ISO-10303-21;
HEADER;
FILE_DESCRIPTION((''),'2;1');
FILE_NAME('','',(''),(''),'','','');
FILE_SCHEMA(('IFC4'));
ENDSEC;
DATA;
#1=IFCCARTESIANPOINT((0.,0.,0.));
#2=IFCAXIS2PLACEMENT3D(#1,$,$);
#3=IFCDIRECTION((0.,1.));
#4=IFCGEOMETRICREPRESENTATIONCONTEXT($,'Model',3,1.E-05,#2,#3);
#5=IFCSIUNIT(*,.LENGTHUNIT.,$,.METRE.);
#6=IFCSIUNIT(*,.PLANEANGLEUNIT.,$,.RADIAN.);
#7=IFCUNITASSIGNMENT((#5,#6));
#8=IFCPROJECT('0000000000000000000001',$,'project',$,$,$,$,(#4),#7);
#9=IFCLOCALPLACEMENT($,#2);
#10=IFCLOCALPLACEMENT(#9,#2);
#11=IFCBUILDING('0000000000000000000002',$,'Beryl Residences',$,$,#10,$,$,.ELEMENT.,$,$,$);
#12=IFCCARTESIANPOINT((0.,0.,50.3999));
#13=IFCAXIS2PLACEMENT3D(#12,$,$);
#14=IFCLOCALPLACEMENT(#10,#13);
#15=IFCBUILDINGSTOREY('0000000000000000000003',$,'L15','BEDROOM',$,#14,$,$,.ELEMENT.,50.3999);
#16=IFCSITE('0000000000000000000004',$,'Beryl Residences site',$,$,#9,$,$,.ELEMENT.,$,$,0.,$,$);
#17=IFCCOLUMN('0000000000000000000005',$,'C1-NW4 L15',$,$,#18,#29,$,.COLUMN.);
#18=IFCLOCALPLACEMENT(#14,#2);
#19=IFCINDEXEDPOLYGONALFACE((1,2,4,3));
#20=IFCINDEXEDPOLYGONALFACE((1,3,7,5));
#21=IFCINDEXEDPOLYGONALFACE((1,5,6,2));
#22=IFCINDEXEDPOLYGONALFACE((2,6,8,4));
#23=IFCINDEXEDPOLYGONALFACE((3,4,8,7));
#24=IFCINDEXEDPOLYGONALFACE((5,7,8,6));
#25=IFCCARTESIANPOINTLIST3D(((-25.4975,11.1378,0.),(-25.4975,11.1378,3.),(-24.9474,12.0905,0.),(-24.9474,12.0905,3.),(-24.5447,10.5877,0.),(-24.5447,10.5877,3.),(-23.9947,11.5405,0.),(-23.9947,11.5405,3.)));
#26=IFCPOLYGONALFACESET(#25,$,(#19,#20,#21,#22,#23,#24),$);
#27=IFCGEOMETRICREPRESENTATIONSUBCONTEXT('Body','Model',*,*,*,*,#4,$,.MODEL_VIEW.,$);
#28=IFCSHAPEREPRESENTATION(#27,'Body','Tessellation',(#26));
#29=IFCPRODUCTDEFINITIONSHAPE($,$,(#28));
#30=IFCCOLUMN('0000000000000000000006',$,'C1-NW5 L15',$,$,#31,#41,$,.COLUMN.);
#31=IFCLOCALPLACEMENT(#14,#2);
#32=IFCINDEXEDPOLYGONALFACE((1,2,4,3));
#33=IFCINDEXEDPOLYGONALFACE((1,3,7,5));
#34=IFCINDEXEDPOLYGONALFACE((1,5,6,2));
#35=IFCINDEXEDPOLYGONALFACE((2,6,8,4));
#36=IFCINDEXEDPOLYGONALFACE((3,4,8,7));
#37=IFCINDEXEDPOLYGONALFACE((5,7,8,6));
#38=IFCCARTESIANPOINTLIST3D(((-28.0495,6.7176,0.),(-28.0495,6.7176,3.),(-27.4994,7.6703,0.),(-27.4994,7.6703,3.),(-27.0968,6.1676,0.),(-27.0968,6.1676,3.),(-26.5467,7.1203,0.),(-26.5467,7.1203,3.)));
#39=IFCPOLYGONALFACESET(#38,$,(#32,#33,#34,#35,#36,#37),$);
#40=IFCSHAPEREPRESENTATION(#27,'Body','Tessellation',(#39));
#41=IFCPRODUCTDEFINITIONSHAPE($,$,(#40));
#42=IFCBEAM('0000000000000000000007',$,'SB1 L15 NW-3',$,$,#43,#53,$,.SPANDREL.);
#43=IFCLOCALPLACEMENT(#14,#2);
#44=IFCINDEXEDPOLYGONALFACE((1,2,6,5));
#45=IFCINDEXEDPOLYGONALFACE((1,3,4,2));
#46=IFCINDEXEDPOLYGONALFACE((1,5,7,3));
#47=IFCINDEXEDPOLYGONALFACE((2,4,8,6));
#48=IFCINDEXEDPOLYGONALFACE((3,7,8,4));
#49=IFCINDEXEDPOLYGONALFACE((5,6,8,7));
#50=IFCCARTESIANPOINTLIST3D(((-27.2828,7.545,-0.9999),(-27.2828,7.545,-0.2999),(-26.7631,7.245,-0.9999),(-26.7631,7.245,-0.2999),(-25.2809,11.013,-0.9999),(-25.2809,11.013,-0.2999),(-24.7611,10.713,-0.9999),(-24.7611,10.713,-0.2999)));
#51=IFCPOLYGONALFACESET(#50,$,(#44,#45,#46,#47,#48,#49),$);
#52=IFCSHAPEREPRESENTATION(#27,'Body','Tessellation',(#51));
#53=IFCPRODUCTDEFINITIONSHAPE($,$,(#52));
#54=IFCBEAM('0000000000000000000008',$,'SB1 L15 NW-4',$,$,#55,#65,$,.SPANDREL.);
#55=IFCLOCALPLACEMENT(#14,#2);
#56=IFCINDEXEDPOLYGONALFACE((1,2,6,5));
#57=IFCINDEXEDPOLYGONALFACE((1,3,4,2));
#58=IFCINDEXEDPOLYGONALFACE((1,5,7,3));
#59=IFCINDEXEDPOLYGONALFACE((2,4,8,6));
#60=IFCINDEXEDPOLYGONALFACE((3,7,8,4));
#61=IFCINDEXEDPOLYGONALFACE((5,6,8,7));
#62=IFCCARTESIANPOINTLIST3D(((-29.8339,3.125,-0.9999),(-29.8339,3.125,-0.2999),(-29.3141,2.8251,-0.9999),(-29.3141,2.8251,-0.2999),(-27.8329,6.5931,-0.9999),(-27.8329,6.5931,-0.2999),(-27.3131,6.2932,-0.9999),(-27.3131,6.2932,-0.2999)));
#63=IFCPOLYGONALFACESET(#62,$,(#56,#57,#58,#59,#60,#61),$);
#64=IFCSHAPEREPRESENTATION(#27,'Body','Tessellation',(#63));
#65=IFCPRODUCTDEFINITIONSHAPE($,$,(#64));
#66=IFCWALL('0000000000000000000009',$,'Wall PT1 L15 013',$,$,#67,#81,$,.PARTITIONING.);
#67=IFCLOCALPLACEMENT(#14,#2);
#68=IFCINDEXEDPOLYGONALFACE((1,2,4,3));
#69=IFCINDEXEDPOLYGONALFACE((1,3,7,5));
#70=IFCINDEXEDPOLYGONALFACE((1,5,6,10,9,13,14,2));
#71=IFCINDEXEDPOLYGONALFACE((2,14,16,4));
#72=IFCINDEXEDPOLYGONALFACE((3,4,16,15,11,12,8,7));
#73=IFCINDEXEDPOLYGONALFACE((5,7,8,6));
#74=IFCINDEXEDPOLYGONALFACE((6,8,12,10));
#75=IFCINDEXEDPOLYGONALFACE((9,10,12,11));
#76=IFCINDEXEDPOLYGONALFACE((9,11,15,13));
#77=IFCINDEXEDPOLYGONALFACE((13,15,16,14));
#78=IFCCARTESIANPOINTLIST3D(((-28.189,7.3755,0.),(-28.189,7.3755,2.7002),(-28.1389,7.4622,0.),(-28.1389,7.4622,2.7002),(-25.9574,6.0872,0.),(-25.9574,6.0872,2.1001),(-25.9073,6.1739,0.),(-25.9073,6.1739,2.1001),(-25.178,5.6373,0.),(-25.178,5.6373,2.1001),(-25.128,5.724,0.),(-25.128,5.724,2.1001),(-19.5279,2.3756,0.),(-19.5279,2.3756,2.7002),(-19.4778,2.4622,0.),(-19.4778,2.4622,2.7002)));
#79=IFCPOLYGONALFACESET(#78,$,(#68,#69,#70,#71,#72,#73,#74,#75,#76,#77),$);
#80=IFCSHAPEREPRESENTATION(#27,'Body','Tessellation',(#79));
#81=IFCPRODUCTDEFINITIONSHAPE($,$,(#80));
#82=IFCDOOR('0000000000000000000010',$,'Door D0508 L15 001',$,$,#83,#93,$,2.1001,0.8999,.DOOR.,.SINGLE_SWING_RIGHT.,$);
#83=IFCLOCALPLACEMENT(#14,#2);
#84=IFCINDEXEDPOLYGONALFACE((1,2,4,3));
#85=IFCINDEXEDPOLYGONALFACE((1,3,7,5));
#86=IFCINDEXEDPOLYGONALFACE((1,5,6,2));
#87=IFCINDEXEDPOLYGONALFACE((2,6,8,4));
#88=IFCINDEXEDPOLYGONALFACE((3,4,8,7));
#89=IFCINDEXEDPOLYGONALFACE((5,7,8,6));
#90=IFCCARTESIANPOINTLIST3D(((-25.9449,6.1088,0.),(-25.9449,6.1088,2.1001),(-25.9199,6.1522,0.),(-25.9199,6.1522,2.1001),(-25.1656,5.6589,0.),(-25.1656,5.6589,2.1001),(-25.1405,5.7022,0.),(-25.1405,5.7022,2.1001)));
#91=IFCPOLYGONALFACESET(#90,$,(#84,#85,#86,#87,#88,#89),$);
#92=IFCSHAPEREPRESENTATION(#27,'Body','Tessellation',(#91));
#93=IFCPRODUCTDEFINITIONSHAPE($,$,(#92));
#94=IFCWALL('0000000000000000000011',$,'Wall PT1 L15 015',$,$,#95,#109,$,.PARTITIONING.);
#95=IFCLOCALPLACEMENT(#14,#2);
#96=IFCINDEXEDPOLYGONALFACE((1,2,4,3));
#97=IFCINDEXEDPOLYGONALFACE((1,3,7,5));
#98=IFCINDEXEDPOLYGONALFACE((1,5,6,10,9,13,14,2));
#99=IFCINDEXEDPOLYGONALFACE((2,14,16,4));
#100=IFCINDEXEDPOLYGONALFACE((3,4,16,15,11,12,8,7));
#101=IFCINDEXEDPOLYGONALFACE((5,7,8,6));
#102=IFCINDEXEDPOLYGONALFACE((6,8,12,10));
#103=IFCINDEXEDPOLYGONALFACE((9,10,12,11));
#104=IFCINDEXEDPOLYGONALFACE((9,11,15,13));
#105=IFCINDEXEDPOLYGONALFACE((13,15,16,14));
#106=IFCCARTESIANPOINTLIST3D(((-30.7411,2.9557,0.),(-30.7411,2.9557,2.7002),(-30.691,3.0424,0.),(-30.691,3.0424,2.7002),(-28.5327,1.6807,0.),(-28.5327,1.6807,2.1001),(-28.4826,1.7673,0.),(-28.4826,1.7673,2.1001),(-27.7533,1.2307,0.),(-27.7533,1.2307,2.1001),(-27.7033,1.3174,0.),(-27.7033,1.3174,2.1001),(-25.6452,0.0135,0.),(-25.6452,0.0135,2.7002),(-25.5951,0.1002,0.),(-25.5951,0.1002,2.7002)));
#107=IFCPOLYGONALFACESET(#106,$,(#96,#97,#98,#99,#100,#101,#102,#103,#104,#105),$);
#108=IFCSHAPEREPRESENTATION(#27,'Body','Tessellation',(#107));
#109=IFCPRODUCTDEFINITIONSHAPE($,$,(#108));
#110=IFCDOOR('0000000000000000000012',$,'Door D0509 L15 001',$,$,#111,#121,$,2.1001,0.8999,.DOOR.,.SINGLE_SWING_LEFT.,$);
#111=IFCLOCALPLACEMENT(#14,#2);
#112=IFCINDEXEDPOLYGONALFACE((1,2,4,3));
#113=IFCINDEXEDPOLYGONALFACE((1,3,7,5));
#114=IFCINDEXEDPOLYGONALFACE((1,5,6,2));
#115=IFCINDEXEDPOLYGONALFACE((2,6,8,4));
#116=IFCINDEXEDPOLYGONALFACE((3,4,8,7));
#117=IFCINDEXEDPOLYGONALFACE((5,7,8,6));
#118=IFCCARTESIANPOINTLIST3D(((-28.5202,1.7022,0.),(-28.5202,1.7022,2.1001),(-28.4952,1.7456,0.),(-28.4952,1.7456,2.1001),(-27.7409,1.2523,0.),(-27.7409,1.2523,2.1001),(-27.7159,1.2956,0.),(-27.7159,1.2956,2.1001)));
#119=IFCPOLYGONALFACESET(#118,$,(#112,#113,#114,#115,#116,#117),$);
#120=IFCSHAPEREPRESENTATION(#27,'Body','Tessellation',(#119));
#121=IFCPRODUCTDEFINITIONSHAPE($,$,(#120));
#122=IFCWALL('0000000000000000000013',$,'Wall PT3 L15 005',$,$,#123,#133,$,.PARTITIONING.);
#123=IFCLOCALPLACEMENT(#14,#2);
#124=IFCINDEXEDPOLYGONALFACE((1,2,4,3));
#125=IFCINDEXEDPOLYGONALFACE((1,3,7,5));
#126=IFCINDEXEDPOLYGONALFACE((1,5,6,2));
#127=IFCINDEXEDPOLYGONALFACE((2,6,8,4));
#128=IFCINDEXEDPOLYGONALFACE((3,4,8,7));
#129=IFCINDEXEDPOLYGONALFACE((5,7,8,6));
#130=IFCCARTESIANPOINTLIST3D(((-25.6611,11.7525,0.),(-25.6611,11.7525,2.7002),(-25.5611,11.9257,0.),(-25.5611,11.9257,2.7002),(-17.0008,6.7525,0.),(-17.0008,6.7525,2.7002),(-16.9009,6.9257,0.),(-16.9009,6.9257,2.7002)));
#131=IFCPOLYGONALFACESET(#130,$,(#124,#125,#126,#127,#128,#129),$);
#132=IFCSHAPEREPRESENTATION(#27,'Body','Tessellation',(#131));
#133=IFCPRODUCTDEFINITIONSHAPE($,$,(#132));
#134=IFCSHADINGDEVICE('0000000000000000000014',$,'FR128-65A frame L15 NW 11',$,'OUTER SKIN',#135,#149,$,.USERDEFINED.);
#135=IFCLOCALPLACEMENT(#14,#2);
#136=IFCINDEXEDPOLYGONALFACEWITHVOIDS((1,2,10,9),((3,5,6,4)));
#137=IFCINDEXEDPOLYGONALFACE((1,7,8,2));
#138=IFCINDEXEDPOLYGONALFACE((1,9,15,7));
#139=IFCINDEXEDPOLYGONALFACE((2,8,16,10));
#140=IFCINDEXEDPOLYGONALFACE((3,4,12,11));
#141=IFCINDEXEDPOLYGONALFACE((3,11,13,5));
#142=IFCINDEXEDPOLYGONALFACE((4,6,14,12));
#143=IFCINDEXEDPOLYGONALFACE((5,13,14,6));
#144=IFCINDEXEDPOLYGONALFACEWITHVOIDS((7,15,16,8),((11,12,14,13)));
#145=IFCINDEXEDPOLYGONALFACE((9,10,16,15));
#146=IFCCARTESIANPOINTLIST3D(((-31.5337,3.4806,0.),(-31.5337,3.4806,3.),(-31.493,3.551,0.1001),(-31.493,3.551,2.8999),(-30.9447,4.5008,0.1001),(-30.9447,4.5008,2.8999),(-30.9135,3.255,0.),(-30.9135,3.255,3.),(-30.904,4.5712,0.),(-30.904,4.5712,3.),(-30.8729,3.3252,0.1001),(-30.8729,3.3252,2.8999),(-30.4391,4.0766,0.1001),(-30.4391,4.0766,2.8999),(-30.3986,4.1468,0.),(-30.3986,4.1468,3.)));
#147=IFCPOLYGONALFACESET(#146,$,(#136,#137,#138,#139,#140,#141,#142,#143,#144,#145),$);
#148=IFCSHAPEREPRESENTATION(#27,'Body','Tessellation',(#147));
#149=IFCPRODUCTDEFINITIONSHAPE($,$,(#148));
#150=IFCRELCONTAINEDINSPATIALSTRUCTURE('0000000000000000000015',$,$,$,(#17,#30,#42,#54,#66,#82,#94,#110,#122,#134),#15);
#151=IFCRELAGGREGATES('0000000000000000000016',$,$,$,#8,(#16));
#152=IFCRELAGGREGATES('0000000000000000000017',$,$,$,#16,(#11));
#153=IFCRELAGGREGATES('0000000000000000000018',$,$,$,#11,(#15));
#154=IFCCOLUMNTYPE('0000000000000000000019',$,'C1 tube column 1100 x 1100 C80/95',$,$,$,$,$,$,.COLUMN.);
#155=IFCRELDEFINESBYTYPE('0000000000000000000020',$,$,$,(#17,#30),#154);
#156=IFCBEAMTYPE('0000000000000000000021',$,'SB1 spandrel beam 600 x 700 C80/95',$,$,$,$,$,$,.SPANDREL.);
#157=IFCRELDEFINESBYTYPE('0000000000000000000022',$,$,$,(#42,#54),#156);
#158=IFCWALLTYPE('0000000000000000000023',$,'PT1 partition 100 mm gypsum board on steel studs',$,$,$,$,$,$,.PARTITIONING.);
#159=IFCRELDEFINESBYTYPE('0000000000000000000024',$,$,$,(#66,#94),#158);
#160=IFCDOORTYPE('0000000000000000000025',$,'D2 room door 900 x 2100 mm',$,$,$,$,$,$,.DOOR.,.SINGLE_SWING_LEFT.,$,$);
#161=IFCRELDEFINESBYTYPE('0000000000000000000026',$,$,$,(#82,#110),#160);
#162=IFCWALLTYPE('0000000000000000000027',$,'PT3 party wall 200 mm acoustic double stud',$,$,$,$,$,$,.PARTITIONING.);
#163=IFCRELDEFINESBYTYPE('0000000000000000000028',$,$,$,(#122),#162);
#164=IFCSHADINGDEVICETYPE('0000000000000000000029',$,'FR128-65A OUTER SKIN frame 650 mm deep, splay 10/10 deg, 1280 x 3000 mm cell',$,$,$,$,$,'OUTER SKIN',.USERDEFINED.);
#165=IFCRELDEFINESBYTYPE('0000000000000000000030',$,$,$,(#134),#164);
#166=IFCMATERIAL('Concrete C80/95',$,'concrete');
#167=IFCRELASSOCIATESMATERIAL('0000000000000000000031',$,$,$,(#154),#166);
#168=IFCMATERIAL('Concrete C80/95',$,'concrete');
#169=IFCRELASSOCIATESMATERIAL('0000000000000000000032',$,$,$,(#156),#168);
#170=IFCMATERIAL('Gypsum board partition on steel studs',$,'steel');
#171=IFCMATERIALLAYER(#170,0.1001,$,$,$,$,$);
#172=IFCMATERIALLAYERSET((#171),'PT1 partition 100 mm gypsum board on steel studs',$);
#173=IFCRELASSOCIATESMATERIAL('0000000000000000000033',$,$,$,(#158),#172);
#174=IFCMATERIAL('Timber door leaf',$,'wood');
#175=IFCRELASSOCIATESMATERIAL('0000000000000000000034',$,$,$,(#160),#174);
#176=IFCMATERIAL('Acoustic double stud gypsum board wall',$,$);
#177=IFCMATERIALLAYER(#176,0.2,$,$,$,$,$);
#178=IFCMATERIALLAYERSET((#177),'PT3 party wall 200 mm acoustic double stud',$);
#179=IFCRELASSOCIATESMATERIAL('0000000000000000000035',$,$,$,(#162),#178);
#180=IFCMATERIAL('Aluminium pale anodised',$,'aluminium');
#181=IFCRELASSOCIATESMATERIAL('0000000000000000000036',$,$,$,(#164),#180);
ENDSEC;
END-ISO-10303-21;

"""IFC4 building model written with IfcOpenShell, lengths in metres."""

from ifc_helpers import new_model, entity, si_unit, direction, frame, frame_2d, origin, origin_2d, place, context, subcontext, project, spatial, rectangle, extrude, source, transform, mapped, material, layer, layer_set, material_profile, profile_set, type_object, type_shapes, element, fill, save


model = new_model("IFC4")

# Units and contexts
model_context = context("Model", 3, precision=1e-05, world=origin(), true_north=direction((0.0, 1.0)))
body_context = subcontext(model_context, "Body", "Model", "MODEL_VIEW")
ifc_project = project(units=[si_unit("LENGTHUNIT", "METRE"), si_unit("PLANEANGLEUNIT", "RADIAN")], contexts=[model_context])

# Site, building, storey
site_placement = place(None, origin())
site = spatial("IfcSite", under=ifc_project, at=site_placement, Name="Beryl Residences site", CompositionType="ELEMENT", RefElevation=0.0)
building_placement = place(site_placement, origin())
building = spatial("IfcBuilding", under=site, at=building_placement, Name="Beryl Residences", CompositionType="ELEMENT")
storey_placement = place(building_placement, frame((0.0, 0.0, 50.3999)))
storey = spatial("IfcBuildingStorey", under=building, at=storey_placement, Name="L15", Description="BEDROOM", CompositionType="ELEMENT", Elevation=50.3999)

# Columns
ifc_material_1 = material(Name="Concrete C80/95", Category="concrete")
ifc_material_profile_1 = material_profile(ifc_material_1, rectangle(XDim=1.1001, YDim=1.1001, at=origin_2d()))
ifc_profile_set_1 = profile_set([ifc_material_profile_1], Name="Concrete C80/95")
column_type = type_object("IfcColumnType", Name="C1 tube column 1100 x 1100 C80/95", PredefinedType="COLUMN", material=ifc_profile_set_1)
for number, where, z_axis, x_axis, name in (
    (1, (-24.7461, 11.3391, 0.0), (0.0, 0.0, 1.0), (-0.499985, -0.866034, 0.0), "C1-NW4 L15"),
    (2, (-27.2981, 6.9189, 0.0), (0.0, 0.0, 1.0), (-0.499985, -0.866034, 0.0), "C1-NW5 L15"),
):
    element("IfcColumn", number, at=place(storey_placement, frame(where, z_axis=z_axis, x_axis=x_axis)), inside=storey, type_object=column_type, Name=name, PredefinedType="COLUMN", context=body_context, shape_type="SweptSolid", body=[
        extrude(rectangle(XDim=1.1001, YDim=1.1001, at=origin_2d()), origin(), (0.0, 0.0, 1.0), 3.0),
    ])

# Beams
ifc_material_2 = material(Name="Concrete C80/95", Category="concrete")
ifc_material_profile_2 = material_profile(ifc_material_2, rectangle(XDim=0.6001, YDim=0.7, at=origin_2d()))
ifc_profile_set_2 = profile_set([ifc_material_profile_2], Name="Concrete C80/95")
beam_type = type_object("IfcBeamType", Name="SB1 spandrel beam 600 x 700 C80/95", PredefinedType="SPANDREL", material=ifc_profile_set_2)
beam_1_placement = place(storey_placement, frame((-25.021, 10.863, -0.6499), z_axis=(-0.499942, -0.866059, 0.0), x_axis=(0.866059, -0.499942, 0.0)))
element("IfcBeam", 3, at=beam_1_placement, inside=storey, type_object=beam_type, Name="SB1 L15 NW-3", PredefinedType="SPANDREL", context=body_context, shape_type="SweptSolid", body=[
    extrude(rectangle(XDim=0.6001, YDim=0.7, at=origin_2d()), origin(), (0.0, 0.0, 1.0), 4.0044),
])
beam_2_placement = place(storey_placement, frame((-27.573, 6.4431, -0.6499), z_axis=(-0.499759, -0.866164, 0.0), x_axis=(0.866164, -0.499759, 0.0)))
element("IfcBeam", 4, at=beam_2_placement, inside=storey, type_object=beam_type, Name="SB1 L15 NW-4", PredefinedType="SPANDREL", context=body_context, shape_type="SweptSolid", body=[
    extrude(rectangle(XDim=0.6001, YDim=0.7, at=origin_2d()), origin(), (0.0, 0.0, 1.0), 4.0039),
])

# Walls, openings, doors
ifc_material_3 = material(Name="Gypsum board partition on steel studs", Category="steel")
ifc_layer_1 = layer(ifc_material_3, 0.1001)
ifc_layer_set_1 = layer_set([ifc_layer_1], Name="PT1 partition 100 mm gypsum board on steel studs")
wall_type_1 = type_object("IfcWallType", Name="PT1 partition 100 mm gypsum board on steel studs", PredefinedType="PARTITIONING", material=ifc_layer_set_1)
wall_1_placement = place(storey_placement, frame((-28.1641, 7.4189, 0.0), z_axis=(0.0, 0.0, 1.0), x_axis=(0.866047, -0.499962, 0.0)))
wall_1 = element("IfcWall", 5, at=wall_1_placement, inside=storey, type_object=wall_type_1, Name="Wall PT1 L15 013", PredefinedType="PARTITIONING", context=body_context, shape_type="SweptSolid", body=[
    extrude(rectangle(XDim=10.0007, YDim=0.1001, at=frame_2d((5.0005, 0.0))), origin(), (0.0, 0.0, 1.0), 2.7002),
])
opening_1_placement = place(wall_1_placement, frame((2.5769, 0.0, 0.0)))
opening_1 = element("IfcOpeningElement", 6, at=opening_1_placement, cuts=wall_1, PredefinedType="OPENING", context=body_context, shape_type="SweptSolid", body=[
    extrude(rectangle(XDim=0.8999, YDim=2.1001, at=frame_2d((0.45, 1.05))), frame((0.0, 0.0601, 0.0), z_axis=(0.0, -1.0, 0.0), x_axis=(1.0, 0.0, 0.0)), (0.0, 0.0, 1.0), 0.1201),
])
ifc_material_4 = material(Name="Timber door leaf", Category="wood")
door_type = type_object("IfcDoorType", Name="D2 room door 900 x 2100 mm", OperationType="SINGLE_SWING_LEFT", PredefinedType="DOOR", material=ifc_material_4)
door_1_placement = place(opening_1_placement, origin())
door_1 = element("IfcDoor", 7, at=door_1_placement, inside=storey, type_object=door_type, Name="Door D0508 L15 001", OperationType="SINGLE_SWING_RIGHT", OverallHeight=2.1001, OverallWidth=0.8999, PredefinedType="DOOR", context=body_context, shape_type="SweptSolid", body=[
    extrude(rectangle(XDim=0.8999, YDim=2.1001, at=frame_2d((0.45, 1.05))), frame((0.0, 0.0249, 0.0), z_axis=(0.0, -1.0, 0.0), x_axis=(1.0, 0.0, 0.0)), (0.0, 0.0, 1.0), 0.05),
])
fill(opening_1, door_1)
wall_2_placement = place(storey_placement, frame((-30.7161, 2.999, 0.0), z_axis=(0.0, 0.0, 1.0), x_axis=(0.866026, -0.499999, 0.0)))
wall_2 = element("IfcWall", 8, at=wall_2_placement, inside=storey, type_object=wall_type_1, Name="Wall PT1 L15 015", PredefinedType="PARTITIONING", context=body_context, shape_type="SweptSolid", body=[
    extrude(rectangle(XDim=5.8843, YDim=0.1001, at=frame_2d((2.9421, 0.0))), origin(), (0.0, 0.0, 1.0), 2.7002),
])
opening_2_placement = place(wall_2_placement, frame((2.55, 0.0, 0.0)))
opening_2 = element("IfcOpeningElement", 9, at=opening_2_placement, cuts=wall_2, PredefinedType="OPENING", context=body_context, shape_type="SweptSolid", body=[
    extrude(rectangle(XDim=0.8999, YDim=2.1001, at=frame_2d((0.45, 1.05))), frame((0.0, 0.0601, 0.0), z_axis=(0.0, -1.0, 0.0), x_axis=(1.0, 0.0, 0.0)), (0.0, 0.0, 1.0), 0.1201),
])
door_2_placement = place(opening_2_placement, origin())
door_2 = element("IfcDoor", 10, at=door_2_placement, inside=storey, type_object=door_type, Name="Door D0509 L15 001", OperationType="SINGLE_SWING_LEFT", OverallHeight=2.1001, OverallWidth=0.8999, PredefinedType="DOOR", context=body_context, shape_type="SweptSolid", body=[
    extrude(rectangle(XDim=0.8999, YDim=2.1001, at=frame_2d((0.45, 1.05))), frame((0.0, 0.0249, 0.0), z_axis=(0.0, -1.0, 0.0), x_axis=(1.0, 0.0, 0.0)), (0.0, 0.0, 1.0), 0.05),
])
fill(opening_2, door_2)

# Wall
ifc_material_5 = material(Name="Acoustic double stud gypsum board wall")
ifc_layer_2 = layer(ifc_material_5, 0.2)
ifc_layer_set_2 = layer_set([ifc_layer_2], Name="PT3 party wall 200 mm acoustic double stud")
wall_type_2 = type_object("IfcWallType", Name="PT3 party wall 200 mm acoustic double stud", PredefinedType="PARTITIONING", material=ifc_layer_set_2)
wall_3_placement = place(storey_placement, frame((-25.6111, 11.8391, 0.0), z_axis=(0.0, 0.0, 1.0), x_axis=(0.866023, -0.500004, 0.0)))
element("IfcWall", 11, at=wall_3_placement, inside=storey, type_object=wall_type_2, Name="Wall PT3 L15 005", PredefinedType="PARTITIONING", context=body_context, shape_type="SweptSolid", body=[
    extrude(rectangle(XDim=10.0, YDim=0.2, at=frame_2d((5.0, 0.0))), origin(), (0.0, 0.0, 1.0), 2.7002),
])

# Shading device
ifc_material_6 = material(Name="Aluminium pale anodised", Category="aluminium")
shading_device_type_1 = type_object("IfcShadingDeviceType", Name="FR128-65A OUTER SKIN frame 650 mm deep, splay 10/10 deg, 1280 x 3000 mm cell", ElementType="OUTER SKIN", PredefinedType="USERDEFINED", material=ifc_material_6)
cartesian_point_1 = entity("IfcCartesianPoint", [-0.5149, 0.0])
cartesian_point_2 = entity("IfcCartesianPoint", [-0.4338, 0.1001])
cartesian_point_3 = entity("IfcCartesianPoint", [-0.6296, 0.0])
cartesian_point_4 = entity("IfcCartesianPoint", [-0.5483, 0.1001])
shared_shape_1 = source(origin(), body_context, "Body", "SweptSolid", [
    entity("IfcExtrudedAreaSolidTapered", entity("IfcArbitraryProfileDefWithVoids", "AREA", None, entity("IfcPolyline", [cartesian_point_1, entity("IfcCartesianPoint", [0.5149, 0.0]), entity("IfcCartesianPoint", [0.5149, 3.0]), entity("IfcCartesianPoint", [-0.5149, 3.0]), cartesian_point_1]), [entity("IfcPolyline", [cartesian_point_2, entity("IfcCartesianPoint", [0.4338, 0.1001]), entity("IfcCartesianPoint", [0.4338, 2.8999]), entity("IfcCartesianPoint", [-0.4338, 2.8999]), cartesian_point_2])]), entity("IfcAxis2Placement3D", entity("IfcCartesianPoint", [0.0, 0.0, 0.0]), entity("IfcDirection", [0.0, 1.0, 0.0]), entity("IfcDirection", [-1.0, 0.0, 0.0])), entity("IfcDirection", [0.0, 0.0, 1.0]), 0.6499, entity("IfcArbitraryProfileDefWithVoids", "AREA", None, entity("IfcPolyline", [cartesian_point_3, entity("IfcCartesianPoint", [0.6296, 0.0]), entity("IfcCartesianPoint", [0.6296, 3.0]), entity("IfcCartesianPoint", [-0.6296, 3.0]), cartesian_point_3]), [entity("IfcPolyline", [cartesian_point_4, entity("IfcCartesianPoint", [0.5483, 0.1001]), entity("IfcCartesianPoint", [0.5483, 2.8999]), entity("IfcCartesianPoint", [-0.5483, 2.8999]), cartesian_point_4])])),
])
type_shapes(shading_device_type_1, [shared_shape_1])
shading_device_placement = place(storey_placement, frame((-30.656, 3.7009, 0.0), z_axis=(0.0, 0.0, 1.0), x_axis=(0.5, 0.866025, 0.0)))
element("IfcShadingDevice", 12, at=shading_device_placement, inside=storey, type_object=shading_device_type_1, Name="FR128-65A frame L15 NW 11", ObjectType="OUTER SKIN", PredefinedType="USERDEFINED", context=body_context, shape_type="MappedRepresentation", body=[
    mapped(shared_shape_1, transform((0.0, 0.0, 0.0))),
])

save(model, "model.ifc")
